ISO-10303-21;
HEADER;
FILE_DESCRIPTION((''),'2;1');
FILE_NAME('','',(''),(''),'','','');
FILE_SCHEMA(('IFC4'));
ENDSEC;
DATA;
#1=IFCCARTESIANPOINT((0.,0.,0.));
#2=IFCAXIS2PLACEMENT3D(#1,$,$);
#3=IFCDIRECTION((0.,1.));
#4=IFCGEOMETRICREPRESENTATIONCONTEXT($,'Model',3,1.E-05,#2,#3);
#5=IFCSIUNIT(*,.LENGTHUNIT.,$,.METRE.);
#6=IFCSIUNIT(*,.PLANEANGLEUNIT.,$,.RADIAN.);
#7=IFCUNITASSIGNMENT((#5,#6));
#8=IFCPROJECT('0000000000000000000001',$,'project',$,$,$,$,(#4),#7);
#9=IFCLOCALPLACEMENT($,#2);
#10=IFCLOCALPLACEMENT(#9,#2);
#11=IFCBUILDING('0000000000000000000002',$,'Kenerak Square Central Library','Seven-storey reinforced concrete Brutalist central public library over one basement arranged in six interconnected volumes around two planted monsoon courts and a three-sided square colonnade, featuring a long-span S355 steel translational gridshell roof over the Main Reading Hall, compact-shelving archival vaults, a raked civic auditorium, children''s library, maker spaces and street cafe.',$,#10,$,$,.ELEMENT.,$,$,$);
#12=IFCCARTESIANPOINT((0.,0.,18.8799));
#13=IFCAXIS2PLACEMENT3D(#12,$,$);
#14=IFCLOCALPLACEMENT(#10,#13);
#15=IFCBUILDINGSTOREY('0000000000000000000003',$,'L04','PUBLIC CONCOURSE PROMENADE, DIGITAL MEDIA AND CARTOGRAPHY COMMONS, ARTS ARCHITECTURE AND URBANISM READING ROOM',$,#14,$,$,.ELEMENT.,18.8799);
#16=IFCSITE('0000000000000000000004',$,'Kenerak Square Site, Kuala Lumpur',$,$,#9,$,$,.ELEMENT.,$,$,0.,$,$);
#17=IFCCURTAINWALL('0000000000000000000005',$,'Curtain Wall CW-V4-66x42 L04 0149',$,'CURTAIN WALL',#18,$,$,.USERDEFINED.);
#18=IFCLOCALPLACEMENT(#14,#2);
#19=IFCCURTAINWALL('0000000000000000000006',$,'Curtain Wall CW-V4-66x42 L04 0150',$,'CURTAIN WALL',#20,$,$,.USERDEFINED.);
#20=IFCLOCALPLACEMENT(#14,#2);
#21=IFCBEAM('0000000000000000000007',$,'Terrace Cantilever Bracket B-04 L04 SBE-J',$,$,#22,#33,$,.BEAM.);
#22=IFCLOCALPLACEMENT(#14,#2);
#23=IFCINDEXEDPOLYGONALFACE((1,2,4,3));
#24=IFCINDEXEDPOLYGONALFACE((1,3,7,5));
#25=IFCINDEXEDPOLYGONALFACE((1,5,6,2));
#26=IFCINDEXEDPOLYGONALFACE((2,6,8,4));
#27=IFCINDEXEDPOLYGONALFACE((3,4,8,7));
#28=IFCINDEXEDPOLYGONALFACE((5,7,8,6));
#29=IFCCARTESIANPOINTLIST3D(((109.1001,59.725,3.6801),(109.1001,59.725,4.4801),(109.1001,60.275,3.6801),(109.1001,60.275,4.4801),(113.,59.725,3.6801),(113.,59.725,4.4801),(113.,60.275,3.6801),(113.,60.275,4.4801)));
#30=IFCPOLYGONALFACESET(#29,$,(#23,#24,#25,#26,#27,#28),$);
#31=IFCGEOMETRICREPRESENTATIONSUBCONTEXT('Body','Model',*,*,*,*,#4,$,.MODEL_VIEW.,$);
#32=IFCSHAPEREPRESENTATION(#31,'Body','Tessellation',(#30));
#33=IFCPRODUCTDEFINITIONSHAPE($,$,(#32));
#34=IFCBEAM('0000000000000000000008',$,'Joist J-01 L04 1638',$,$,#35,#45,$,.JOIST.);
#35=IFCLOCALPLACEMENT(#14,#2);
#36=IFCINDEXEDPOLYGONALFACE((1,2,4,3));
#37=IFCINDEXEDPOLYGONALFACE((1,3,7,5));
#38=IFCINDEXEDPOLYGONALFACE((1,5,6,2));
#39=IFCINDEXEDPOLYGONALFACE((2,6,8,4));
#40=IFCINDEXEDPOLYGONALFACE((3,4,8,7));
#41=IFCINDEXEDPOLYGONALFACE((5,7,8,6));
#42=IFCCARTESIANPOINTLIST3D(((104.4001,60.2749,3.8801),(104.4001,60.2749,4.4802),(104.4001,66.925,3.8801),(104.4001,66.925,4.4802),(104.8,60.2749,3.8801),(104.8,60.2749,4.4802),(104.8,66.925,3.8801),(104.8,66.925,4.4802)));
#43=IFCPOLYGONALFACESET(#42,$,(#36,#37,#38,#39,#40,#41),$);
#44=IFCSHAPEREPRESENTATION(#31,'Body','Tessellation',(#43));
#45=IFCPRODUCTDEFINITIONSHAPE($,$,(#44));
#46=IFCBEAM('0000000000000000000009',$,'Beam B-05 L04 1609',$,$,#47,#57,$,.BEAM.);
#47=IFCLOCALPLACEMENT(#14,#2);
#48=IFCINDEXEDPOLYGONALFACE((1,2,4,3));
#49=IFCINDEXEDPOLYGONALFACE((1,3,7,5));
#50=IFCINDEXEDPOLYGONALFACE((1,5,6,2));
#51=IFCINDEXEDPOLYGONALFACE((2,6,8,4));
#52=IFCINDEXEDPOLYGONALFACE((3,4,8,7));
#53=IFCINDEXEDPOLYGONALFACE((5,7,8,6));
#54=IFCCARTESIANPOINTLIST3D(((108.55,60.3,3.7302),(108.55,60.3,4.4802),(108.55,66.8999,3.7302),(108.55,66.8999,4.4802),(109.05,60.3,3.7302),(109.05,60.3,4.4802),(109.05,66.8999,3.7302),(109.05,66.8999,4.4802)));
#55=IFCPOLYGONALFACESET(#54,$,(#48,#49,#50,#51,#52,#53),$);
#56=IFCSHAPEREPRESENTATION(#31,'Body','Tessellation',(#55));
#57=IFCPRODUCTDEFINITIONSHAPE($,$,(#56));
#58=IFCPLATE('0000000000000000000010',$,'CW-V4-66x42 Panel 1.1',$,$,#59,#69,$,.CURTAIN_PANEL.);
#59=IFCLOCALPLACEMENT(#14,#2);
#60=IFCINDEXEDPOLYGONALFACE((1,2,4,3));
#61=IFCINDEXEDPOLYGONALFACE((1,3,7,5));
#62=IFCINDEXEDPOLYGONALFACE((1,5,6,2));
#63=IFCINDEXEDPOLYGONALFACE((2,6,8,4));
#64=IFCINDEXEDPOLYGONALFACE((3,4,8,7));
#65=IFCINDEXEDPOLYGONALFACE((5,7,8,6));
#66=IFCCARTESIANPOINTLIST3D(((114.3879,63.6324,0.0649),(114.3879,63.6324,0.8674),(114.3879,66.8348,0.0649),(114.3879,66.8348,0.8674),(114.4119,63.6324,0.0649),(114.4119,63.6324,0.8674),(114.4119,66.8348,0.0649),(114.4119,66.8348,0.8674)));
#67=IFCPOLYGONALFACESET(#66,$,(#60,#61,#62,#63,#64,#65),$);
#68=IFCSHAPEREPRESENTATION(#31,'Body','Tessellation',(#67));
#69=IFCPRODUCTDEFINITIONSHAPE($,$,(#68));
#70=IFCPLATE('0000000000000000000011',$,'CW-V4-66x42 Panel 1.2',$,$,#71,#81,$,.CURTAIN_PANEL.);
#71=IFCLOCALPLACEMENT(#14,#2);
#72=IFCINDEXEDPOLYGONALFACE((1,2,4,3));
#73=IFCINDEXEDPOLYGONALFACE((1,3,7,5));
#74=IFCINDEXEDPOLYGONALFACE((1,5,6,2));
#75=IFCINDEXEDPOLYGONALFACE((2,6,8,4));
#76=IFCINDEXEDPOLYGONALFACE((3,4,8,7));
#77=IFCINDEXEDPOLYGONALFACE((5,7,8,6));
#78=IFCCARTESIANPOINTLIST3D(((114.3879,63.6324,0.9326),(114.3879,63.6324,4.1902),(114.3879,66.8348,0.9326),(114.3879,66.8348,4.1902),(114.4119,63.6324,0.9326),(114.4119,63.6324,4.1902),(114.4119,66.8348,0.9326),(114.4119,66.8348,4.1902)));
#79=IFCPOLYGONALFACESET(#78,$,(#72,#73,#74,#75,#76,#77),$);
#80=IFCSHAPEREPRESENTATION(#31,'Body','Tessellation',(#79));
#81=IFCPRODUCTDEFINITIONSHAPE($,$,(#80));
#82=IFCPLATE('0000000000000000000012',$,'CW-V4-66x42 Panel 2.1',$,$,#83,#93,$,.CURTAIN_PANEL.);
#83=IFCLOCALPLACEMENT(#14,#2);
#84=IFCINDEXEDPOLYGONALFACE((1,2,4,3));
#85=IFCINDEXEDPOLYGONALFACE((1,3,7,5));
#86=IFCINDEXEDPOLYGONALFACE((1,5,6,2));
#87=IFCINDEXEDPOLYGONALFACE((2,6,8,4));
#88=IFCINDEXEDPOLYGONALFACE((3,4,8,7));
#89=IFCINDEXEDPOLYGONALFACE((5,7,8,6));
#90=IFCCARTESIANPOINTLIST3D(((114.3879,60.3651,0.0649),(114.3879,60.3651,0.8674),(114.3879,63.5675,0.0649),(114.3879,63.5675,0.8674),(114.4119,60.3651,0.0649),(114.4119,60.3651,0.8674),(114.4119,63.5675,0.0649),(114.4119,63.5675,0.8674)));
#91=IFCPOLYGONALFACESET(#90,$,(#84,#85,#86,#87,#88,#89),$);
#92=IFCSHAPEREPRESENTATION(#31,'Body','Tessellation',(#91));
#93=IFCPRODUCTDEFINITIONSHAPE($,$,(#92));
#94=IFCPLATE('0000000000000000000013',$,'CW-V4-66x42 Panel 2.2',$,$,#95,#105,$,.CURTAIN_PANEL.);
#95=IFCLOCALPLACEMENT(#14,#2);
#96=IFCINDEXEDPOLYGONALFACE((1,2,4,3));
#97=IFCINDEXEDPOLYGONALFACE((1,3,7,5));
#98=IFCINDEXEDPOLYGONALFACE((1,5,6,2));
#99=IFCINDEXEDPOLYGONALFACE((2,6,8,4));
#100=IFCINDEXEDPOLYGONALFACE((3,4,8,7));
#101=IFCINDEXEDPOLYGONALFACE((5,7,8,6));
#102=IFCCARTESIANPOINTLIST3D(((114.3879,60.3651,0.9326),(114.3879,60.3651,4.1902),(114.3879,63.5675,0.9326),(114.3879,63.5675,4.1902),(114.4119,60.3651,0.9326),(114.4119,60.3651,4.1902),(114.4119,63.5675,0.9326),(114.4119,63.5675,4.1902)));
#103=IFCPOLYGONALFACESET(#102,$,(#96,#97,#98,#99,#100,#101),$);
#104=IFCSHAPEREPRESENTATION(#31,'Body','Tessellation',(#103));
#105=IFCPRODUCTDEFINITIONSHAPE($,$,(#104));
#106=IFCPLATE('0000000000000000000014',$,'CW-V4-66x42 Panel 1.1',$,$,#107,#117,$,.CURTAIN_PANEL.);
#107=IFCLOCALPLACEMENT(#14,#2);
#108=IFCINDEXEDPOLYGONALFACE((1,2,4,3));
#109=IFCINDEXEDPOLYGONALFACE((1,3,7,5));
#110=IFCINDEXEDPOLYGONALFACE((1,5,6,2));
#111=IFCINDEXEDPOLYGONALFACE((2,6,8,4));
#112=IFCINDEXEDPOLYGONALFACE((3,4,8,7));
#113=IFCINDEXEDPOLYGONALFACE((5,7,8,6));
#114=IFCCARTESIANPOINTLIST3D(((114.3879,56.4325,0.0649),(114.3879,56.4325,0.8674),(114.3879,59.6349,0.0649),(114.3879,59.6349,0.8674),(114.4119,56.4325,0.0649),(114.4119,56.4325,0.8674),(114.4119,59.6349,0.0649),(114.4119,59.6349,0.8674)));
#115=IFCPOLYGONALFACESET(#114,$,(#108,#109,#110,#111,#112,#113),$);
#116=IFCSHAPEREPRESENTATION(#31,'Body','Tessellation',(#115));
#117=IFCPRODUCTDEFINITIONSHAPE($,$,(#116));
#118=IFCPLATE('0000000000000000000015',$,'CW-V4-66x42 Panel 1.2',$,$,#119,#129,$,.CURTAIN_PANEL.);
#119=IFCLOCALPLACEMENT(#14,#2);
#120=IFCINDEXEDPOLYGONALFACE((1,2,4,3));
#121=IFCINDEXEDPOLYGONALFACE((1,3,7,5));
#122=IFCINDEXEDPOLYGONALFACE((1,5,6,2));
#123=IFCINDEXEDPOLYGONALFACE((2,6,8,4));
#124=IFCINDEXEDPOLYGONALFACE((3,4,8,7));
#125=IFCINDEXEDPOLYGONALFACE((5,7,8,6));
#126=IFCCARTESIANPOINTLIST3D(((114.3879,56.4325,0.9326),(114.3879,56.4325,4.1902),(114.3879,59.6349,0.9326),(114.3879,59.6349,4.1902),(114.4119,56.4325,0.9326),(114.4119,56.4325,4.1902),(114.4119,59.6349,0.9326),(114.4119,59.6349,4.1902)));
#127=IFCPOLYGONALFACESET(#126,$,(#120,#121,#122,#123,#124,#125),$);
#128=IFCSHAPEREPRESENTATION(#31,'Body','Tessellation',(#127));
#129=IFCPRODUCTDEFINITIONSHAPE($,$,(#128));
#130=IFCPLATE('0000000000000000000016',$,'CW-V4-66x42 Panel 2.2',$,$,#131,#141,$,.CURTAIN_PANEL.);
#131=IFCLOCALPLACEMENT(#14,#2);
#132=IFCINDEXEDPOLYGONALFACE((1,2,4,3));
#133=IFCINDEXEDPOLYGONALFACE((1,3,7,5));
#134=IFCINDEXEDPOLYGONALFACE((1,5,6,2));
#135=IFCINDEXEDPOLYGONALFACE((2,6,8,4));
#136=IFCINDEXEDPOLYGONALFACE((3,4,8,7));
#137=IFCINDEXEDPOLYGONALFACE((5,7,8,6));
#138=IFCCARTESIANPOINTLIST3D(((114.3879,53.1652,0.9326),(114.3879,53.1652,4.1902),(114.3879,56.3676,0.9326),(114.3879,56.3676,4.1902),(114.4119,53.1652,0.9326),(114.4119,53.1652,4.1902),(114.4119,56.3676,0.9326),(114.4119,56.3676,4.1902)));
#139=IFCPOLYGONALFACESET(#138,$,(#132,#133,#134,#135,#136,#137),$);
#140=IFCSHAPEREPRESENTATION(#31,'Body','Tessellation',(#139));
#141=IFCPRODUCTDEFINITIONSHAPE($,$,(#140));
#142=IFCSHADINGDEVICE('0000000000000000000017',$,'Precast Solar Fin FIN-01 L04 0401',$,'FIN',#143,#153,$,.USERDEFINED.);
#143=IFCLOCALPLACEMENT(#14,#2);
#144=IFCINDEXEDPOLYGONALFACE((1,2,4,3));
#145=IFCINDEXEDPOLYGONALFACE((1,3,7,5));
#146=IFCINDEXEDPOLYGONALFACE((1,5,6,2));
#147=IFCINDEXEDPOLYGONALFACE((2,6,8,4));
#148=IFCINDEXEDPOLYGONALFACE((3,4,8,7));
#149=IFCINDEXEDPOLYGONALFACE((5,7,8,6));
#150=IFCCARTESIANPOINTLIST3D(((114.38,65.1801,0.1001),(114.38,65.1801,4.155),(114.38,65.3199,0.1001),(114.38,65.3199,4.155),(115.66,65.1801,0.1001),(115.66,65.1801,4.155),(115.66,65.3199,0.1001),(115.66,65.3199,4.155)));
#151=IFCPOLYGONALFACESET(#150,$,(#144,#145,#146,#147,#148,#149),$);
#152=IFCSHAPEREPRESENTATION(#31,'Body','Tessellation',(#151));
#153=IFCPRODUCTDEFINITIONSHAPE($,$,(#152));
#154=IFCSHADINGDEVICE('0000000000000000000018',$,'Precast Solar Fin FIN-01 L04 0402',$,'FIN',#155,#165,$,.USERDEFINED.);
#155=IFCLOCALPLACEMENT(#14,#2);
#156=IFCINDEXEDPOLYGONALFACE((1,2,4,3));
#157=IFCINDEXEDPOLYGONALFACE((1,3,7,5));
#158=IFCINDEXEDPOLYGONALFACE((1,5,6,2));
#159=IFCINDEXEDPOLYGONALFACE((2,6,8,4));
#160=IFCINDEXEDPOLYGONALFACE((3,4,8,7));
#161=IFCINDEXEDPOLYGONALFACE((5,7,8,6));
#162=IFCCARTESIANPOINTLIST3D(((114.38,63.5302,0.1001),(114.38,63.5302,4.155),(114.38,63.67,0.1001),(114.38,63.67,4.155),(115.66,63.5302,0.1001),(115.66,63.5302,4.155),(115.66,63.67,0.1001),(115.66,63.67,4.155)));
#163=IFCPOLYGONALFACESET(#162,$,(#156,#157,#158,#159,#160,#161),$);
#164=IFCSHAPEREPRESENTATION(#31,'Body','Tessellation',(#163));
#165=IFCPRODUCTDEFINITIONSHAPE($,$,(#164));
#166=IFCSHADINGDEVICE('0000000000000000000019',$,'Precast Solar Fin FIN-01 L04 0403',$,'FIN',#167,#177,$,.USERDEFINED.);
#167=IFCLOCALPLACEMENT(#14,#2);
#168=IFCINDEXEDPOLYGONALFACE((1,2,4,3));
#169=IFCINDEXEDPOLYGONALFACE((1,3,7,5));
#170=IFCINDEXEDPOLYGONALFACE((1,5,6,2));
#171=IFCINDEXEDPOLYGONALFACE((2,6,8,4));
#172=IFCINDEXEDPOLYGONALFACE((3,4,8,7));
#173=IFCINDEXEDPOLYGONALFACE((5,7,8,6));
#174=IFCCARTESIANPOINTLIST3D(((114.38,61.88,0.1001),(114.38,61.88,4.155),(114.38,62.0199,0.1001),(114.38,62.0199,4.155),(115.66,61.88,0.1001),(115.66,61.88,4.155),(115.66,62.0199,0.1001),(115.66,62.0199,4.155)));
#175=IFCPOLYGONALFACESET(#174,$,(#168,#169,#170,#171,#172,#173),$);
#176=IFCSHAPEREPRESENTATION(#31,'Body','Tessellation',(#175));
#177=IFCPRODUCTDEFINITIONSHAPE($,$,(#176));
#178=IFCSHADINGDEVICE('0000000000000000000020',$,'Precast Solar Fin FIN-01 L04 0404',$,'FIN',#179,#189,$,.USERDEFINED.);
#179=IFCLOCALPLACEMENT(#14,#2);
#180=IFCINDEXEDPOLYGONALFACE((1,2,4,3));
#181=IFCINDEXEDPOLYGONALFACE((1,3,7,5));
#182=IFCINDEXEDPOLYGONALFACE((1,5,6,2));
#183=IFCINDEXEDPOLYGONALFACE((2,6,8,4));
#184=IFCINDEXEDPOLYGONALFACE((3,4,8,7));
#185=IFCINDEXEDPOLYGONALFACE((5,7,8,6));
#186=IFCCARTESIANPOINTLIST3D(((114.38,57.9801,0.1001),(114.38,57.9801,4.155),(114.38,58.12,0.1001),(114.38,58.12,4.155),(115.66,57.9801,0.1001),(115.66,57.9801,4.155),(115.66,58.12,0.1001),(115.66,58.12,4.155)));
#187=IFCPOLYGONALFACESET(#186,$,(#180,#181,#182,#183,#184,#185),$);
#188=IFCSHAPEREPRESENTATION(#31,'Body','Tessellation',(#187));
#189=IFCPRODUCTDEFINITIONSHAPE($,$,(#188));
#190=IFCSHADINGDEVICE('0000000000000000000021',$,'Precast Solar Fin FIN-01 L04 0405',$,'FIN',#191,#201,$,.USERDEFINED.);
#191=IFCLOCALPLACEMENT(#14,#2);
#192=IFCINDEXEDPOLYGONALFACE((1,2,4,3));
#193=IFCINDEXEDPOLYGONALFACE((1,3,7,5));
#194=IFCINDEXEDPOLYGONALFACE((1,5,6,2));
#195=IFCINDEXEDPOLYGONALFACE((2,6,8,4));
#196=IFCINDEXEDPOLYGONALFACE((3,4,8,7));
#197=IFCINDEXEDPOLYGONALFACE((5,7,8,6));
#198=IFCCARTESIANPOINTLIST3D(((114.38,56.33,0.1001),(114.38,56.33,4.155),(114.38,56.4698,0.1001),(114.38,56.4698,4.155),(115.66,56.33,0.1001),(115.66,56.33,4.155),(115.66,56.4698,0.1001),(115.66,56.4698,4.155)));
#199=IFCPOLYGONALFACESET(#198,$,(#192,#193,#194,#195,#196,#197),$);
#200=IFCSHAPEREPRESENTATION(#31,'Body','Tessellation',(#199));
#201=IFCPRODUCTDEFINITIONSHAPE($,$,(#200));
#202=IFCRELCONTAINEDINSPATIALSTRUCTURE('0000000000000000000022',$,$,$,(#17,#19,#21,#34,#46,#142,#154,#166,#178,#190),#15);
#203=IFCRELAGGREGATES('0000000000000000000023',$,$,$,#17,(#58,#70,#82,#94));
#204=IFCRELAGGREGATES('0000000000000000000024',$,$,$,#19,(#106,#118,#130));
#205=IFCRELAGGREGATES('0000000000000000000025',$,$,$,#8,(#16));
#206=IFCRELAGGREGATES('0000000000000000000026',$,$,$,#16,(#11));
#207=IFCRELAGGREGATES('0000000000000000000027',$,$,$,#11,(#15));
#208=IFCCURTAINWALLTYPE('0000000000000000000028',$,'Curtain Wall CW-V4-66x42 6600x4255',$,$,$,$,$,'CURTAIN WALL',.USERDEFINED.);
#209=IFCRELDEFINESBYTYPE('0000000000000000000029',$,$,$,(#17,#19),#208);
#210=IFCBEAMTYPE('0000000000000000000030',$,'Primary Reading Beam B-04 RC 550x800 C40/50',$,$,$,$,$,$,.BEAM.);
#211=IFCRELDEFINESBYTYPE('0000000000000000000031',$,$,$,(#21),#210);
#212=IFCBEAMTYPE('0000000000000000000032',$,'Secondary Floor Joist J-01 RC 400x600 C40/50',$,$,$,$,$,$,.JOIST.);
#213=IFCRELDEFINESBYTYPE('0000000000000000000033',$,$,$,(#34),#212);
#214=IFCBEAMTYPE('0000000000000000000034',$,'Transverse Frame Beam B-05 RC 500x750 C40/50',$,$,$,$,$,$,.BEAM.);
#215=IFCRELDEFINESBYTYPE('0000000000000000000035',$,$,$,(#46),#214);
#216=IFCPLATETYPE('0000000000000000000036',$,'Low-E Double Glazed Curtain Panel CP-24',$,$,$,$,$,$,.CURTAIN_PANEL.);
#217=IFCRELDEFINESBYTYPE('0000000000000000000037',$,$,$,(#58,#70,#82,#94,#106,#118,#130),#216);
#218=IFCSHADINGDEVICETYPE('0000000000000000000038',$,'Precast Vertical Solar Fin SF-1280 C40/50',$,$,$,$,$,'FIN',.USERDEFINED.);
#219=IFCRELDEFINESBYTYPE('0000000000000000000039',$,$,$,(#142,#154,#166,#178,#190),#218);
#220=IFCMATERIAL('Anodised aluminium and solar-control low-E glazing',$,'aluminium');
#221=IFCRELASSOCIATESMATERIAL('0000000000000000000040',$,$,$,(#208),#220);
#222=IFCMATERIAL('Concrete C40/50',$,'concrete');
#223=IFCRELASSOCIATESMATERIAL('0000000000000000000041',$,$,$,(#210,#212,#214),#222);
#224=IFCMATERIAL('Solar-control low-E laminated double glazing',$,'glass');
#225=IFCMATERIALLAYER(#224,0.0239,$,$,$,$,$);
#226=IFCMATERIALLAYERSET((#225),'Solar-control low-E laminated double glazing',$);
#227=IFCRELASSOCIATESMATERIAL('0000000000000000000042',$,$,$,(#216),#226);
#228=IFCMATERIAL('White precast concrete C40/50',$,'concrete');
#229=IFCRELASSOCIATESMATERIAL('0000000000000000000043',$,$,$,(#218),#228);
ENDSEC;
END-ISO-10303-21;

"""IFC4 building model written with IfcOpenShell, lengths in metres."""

from ifc_helpers import new_model, si_unit, direction, frame, origin, origin_2d, place, context, subcontext, project, spatial, rectangle, extrude, material, layer, layer_set, material_profile, profile_set, type_object, element, aggregate, save


model = new_model("IFC4")

# Units and contexts
model_context = context("Model", 3, precision=1e-05, world=origin(), true_north=direction((0.0, 1.0)))
body_context = subcontext(model_context, "Body", "Model", "MODEL_VIEW")
ifc_project = project(units=[si_unit("LENGTHUNIT", "METRE"), si_unit("PLANEANGLEUNIT", "RADIAN")], contexts=[model_context])

# Site, building, storey
site_placement = place(None, origin())
site = spatial("IfcSite", under=ifc_project, at=site_placement, Name="Kenerak Square Site, Kuala Lumpur", CompositionType="ELEMENT", RefElevation=0.0)
building_placement = place(site_placement, origin())
building = spatial("IfcBuilding", under=site, at=building_placement, Name="Kenerak Square Central Library", Description="Seven-storey reinforced concrete Brutalist central public library over one basement arranged in six interconnected volumes around two planted monsoon courts and a three-sided square colonnade, featuring a long-span S355 steel translational gridshell roof over the Main Reading Hall, compact-shelving archival vaults, a raked civic auditorium, children's library, maker spaces and street cafe.", CompositionType="ELEMENT")
storey_placement = place(building_placement, frame((0.0, 0.0, 18.8799)))
storey = spatial("IfcBuildingStorey", under=building, at=storey_placement, Name="L04", Description="PUBLIC CONCOURSE PROMENADE, DIGITAL MEDIA AND CARTOGRAPHY COMMONS, ARTS ARCHITECTURE AND URBANISM READING ROOM", CompositionType="ELEMENT", Elevation=18.8799)

# Shared definitions
ifc_material_1 = material(Name="Concrete C40/50", Category="concrete")

# Curtain walls
ifc_material_2 = material(Name="Anodised aluminium and solar-control low-E glazing", Category="aluminium")
curtain_wall_type = type_object("IfcCurtainWallType", Name="Curtain Wall CW-V4-66x42 6600x4255", ElementType="CURTAIN WALL", PredefinedType="USERDEFINED", material=ifc_material_2)
curtain_wall_1_placement = place(storey_placement, origin())
curtain_wall_1 = element("IfcCurtainWall", 1, at=curtain_wall_1_placement, inside=storey, type_object=curtain_wall_type, Name="Curtain Wall CW-V4-66x42 L04 0149", ObjectType="CURTAIN WALL", PredefinedType="USERDEFINED")
curtain_wall_2_placement = place(storey_placement, origin())
curtain_wall_2 = element("IfcCurtainWall", 2, at=curtain_wall_2_placement, inside=storey, type_object=curtain_wall_type, Name="Curtain Wall CW-V4-66x42 L04 0150", ObjectType="CURTAIN WALL", PredefinedType="USERDEFINED")

# Beams
ifc_material_profile_1 = material_profile(ifc_material_1, rectangle(XDim=0.55, YDim=0.8, at=origin_2d()), Name="RC 550x800")
ifc_profile_set_1 = profile_set([ifc_material_profile_1], Name="Concrete C40/50")
beam_type_1 = type_object("IfcBeamType", Name="Primary Reading Beam B-04 RC 550x800 C40/50", PredefinedType="BEAM", material=ifc_profile_set_1)
beam_1_placement = place(storey_placement, frame((109.1001, 60.0, 4.0801), z_axis=(1.0, 0.0, 0.0), x_axis=(0.0, 1.0, 0.0)))
element("IfcBeam", 3, at=beam_1_placement, inside=storey, type_object=beam_type_1, Name="Terrace Cantilever Bracket B-04 L04 SBE-J", PredefinedType="BEAM", context=body_context, shape_type="SweptSolid", body=[
    extrude(rectangle(XDim=0.55, YDim=0.8, at=origin_2d()), origin(), (0.0, 0.0, 1.0), 3.8999),
])
ifc_material_profile_2 = material_profile(ifc_material_1, rectangle(XDim=0.3999, YDim=0.6001, at=origin_2d()), Name="RC 400x600")
ifc_profile_set_2 = profile_set([ifc_material_profile_2], Name="Concrete C40/50")
beam_type_2 = type_object("IfcBeamType", Name="Secondary Floor Joist J-01 RC 400x600 C40/50", PredefinedType="JOIST", material=ifc_profile_set_2)
beam_2_placement = place(storey_placement, frame((104.6001, 60.2749, 4.1802), z_axis=(0.0, 1.0, 0.0), x_axis=(-1.0, 0.0, 0.0)))
element("IfcBeam", 4, at=beam_2_placement, inside=storey, type_object=beam_type_2, Name="Joist J-01 L04 1638", PredefinedType="JOIST", context=body_context, shape_type="SweptSolid", body=[
    extrude(rectangle(XDim=0.3999, YDim=0.6001, at=origin_2d()), origin(), (0.0, 0.0, 1.0), 6.6501),
])
ifc_material_profile_3 = material_profile(ifc_material_1, rectangle(XDim=0.5, YDim=0.75, at=origin_2d()), Name="RC 500x750")
ifc_profile_set_3 = profile_set([ifc_material_profile_3], Name="Concrete C40/50")
beam_type_3 = type_object("IfcBeamType", Name="Transverse Frame Beam B-05 RC 500x750 C40/50", PredefinedType="BEAM", material=ifc_profile_set_3)
beam_3_placement = place(storey_placement, frame((108.8, 60.3, 4.1052), z_axis=(0.0, 1.0, 0.0), x_axis=(-1.0, 0.0, 0.0)))
element("IfcBeam", 5, at=beam_3_placement, inside=storey, type_object=beam_type_3, Name="Beam B-05 L04 1609", PredefinedType="BEAM", context=body_context, shape_type="SweptSolid", body=[
    extrude(rectangle(XDim=0.5, YDim=0.75, at=origin_2d()), origin(), (0.0, 0.0, 1.0), 6.5999),
])

# Plates
ifc_material_3 = material(Name="Solar-control low-E laminated double glazing", Category="glass")
ifc_layer = layer(ifc_material_3, 0.0239)
ifc_layer_set = layer_set([ifc_layer], Name="Solar-control low-E laminated double glazing")
plate_type = type_object("IfcPlateType", Name="Low-E Double Glazed Curtain Panel CP-24", PredefinedType="CURTAIN_PANEL", material=ifc_layer_set)
plate_1_placement = place(storey_placement, frame((114.3999, 65.2336, 0.0649), z_axis=(0.0, 0.0, 1.0), x_axis=(0.0, -1.0, 0.0)))
plate_1 = element("IfcPlate", 6, at=plate_1_placement, type_object=plate_type, Name="CW-V4-66x42 Panel 1.1", PredefinedType="CURTAIN_PANEL", context=body_context, shape_type="SweptSolid", body=[
    extrude(rectangle(XDim=3.2024, YDim=0.0239, at=origin_2d()), origin(), (0.0, 0.0, 1.0), 0.8025),
])
plate_2_placement = place(storey_placement, frame((114.3999, 65.2336, 0.9326), z_axis=(0.0, 0.0, 1.0), x_axis=(0.0, -1.0, 0.0)))
plate_2 = element("IfcPlate", 7, at=plate_2_placement, type_object=plate_type, Name="CW-V4-66x42 Panel 1.2", PredefinedType="CURTAIN_PANEL", context=body_context, shape_type="SweptSolid", body=[
    extrude(rectangle(XDim=3.2024, YDim=0.0239, at=origin_2d()), origin(), (0.0, 0.0, 1.0), 3.2576),
])
plate_3_placement = place(storey_placement, frame((114.3999, 61.9663, 0.0649), z_axis=(0.0, 0.0, 1.0), x_axis=(0.0, -1.0, 0.0)))
plate_3 = element("IfcPlate", 8, at=plate_3_placement, type_object=plate_type, Name="CW-V4-66x42 Panel 2.1", PredefinedType="CURTAIN_PANEL", context=body_context, shape_type="SweptSolid", body=[
    extrude(rectangle(XDim=3.2024, YDim=0.0239, at=origin_2d()), origin(), (0.0, 0.0, 1.0), 0.8025),
])
plate_4_placement = place(storey_placement, frame((114.3999, 61.9663, 0.9326), z_axis=(0.0, 0.0, 1.0), x_axis=(0.0, -1.0, 0.0)))
plate_4 = element("IfcPlate", 9, at=plate_4_placement, type_object=plate_type, Name="CW-V4-66x42 Panel 2.2", PredefinedType="CURTAIN_PANEL", context=body_context, shape_type="SweptSolid", body=[
    extrude(rectangle(XDim=3.2024, YDim=0.0239, at=origin_2d()), origin(), (0.0, 0.0, 1.0), 3.2576),
])
aggregate(curtain_wall_1, [plate_1, plate_2, plate_3, plate_4])
plate_5_placement = place(storey_placement, frame((114.3999, 58.0337, 0.0649), z_axis=(0.0, 0.0, 1.0), x_axis=(0.0, -1.0, 0.0)))
plate_5 = element("IfcPlate", 10, at=plate_5_placement, type_object=plate_type, Name="CW-V4-66x42 Panel 1.1", PredefinedType="CURTAIN_PANEL", context=body_context, shape_type="SweptSolid", body=[
    extrude(rectangle(XDim=3.2024, YDim=0.0239, at=origin_2d()), origin(), (0.0, 0.0, 1.0), 0.8025),
])
plate_6_placement = place(storey_placement, frame((114.3999, 58.0337, 0.9326), z_axis=(0.0, 0.0, 1.0), x_axis=(0.0, -1.0, 0.0)))
plate_6 = element("IfcPlate", 11, at=plate_6_placement, type_object=plate_type, Name="CW-V4-66x42 Panel 1.2", PredefinedType="CURTAIN_PANEL", context=body_context, shape_type="SweptSolid", body=[
    extrude(rectangle(XDim=3.2024, YDim=0.0239, at=origin_2d()), origin(), (0.0, 0.0, 1.0), 3.2576),
])
plate_7_placement = place(storey_placement, frame((114.3999, 54.7664, 0.9326), z_axis=(0.0, 0.0, 1.0), x_axis=(0.0, -1.0, 0.0)))
plate_7 = element("IfcPlate", 12, at=plate_7_placement, type_object=plate_type, Name="CW-V4-66x42 Panel 2.2", PredefinedType="CURTAIN_PANEL", context=body_context, shape_type="SweptSolid", body=[
    extrude(rectangle(XDim=3.2024, YDim=0.0239, at=origin_2d()), origin(), (0.0, 0.0, 1.0), 3.2576),
])
aggregate(curtain_wall_2, [plate_5, plate_6, plate_7])

# Shading devices
ifc_material_4 = material(Name="White precast concrete C40/50", Category="concrete")
shading_device_type = type_object("IfcShadingDeviceType", Name="Precast Vertical Solar Fin SF-1280 C40/50", ElementType="FIN", PredefinedType="USERDEFINED", material=ifc_material_4)
for number, where, z_axis, x_axis, name in (
    (13, (115.02, 65.25, 0.1001), (0.0, 0.0, 1.0), (0.0, -1.0, 0.0), "Precast Solar Fin FIN-01 L04 0401"),
    (14, (115.02, 63.6001, 0.1001), (0.0, 0.0, 1.0), (0.0, -1.0, 0.0), "Precast Solar Fin FIN-01 L04 0402"),
    (15, (115.02, 61.95, 0.1001), (0.0, 0.0, 1.0), (0.0, -1.0, 0.0), "Precast Solar Fin FIN-01 L04 0403"),
    (16, (115.02, 58.05, 0.1001), (0.0, 0.0, 1.0), (0.0, -1.0, 0.0), "Precast Solar Fin FIN-01 L04 0404"),
    (17, (115.02, 56.3999, 0.1001), (0.0, 0.0, 1.0), (0.0, -1.0, 0.0), "Precast Solar Fin FIN-01 L04 0405"),
):
    element("IfcShadingDevice", number, at=place(storey_placement, frame(where, z_axis=z_axis, x_axis=x_axis)), inside=storey, type_object=shading_device_type, Name=name, ObjectType="FIN", PredefinedType="USERDEFINED", context=body_context, shape_type="SweptSolid", body=[
        extrude(rectangle(XDim=0.1399, YDim=1.28, at=origin_2d()), origin(), (0.0, 0.0, 1.0), 4.0549),
    ])

save(model, "model.ifc")
